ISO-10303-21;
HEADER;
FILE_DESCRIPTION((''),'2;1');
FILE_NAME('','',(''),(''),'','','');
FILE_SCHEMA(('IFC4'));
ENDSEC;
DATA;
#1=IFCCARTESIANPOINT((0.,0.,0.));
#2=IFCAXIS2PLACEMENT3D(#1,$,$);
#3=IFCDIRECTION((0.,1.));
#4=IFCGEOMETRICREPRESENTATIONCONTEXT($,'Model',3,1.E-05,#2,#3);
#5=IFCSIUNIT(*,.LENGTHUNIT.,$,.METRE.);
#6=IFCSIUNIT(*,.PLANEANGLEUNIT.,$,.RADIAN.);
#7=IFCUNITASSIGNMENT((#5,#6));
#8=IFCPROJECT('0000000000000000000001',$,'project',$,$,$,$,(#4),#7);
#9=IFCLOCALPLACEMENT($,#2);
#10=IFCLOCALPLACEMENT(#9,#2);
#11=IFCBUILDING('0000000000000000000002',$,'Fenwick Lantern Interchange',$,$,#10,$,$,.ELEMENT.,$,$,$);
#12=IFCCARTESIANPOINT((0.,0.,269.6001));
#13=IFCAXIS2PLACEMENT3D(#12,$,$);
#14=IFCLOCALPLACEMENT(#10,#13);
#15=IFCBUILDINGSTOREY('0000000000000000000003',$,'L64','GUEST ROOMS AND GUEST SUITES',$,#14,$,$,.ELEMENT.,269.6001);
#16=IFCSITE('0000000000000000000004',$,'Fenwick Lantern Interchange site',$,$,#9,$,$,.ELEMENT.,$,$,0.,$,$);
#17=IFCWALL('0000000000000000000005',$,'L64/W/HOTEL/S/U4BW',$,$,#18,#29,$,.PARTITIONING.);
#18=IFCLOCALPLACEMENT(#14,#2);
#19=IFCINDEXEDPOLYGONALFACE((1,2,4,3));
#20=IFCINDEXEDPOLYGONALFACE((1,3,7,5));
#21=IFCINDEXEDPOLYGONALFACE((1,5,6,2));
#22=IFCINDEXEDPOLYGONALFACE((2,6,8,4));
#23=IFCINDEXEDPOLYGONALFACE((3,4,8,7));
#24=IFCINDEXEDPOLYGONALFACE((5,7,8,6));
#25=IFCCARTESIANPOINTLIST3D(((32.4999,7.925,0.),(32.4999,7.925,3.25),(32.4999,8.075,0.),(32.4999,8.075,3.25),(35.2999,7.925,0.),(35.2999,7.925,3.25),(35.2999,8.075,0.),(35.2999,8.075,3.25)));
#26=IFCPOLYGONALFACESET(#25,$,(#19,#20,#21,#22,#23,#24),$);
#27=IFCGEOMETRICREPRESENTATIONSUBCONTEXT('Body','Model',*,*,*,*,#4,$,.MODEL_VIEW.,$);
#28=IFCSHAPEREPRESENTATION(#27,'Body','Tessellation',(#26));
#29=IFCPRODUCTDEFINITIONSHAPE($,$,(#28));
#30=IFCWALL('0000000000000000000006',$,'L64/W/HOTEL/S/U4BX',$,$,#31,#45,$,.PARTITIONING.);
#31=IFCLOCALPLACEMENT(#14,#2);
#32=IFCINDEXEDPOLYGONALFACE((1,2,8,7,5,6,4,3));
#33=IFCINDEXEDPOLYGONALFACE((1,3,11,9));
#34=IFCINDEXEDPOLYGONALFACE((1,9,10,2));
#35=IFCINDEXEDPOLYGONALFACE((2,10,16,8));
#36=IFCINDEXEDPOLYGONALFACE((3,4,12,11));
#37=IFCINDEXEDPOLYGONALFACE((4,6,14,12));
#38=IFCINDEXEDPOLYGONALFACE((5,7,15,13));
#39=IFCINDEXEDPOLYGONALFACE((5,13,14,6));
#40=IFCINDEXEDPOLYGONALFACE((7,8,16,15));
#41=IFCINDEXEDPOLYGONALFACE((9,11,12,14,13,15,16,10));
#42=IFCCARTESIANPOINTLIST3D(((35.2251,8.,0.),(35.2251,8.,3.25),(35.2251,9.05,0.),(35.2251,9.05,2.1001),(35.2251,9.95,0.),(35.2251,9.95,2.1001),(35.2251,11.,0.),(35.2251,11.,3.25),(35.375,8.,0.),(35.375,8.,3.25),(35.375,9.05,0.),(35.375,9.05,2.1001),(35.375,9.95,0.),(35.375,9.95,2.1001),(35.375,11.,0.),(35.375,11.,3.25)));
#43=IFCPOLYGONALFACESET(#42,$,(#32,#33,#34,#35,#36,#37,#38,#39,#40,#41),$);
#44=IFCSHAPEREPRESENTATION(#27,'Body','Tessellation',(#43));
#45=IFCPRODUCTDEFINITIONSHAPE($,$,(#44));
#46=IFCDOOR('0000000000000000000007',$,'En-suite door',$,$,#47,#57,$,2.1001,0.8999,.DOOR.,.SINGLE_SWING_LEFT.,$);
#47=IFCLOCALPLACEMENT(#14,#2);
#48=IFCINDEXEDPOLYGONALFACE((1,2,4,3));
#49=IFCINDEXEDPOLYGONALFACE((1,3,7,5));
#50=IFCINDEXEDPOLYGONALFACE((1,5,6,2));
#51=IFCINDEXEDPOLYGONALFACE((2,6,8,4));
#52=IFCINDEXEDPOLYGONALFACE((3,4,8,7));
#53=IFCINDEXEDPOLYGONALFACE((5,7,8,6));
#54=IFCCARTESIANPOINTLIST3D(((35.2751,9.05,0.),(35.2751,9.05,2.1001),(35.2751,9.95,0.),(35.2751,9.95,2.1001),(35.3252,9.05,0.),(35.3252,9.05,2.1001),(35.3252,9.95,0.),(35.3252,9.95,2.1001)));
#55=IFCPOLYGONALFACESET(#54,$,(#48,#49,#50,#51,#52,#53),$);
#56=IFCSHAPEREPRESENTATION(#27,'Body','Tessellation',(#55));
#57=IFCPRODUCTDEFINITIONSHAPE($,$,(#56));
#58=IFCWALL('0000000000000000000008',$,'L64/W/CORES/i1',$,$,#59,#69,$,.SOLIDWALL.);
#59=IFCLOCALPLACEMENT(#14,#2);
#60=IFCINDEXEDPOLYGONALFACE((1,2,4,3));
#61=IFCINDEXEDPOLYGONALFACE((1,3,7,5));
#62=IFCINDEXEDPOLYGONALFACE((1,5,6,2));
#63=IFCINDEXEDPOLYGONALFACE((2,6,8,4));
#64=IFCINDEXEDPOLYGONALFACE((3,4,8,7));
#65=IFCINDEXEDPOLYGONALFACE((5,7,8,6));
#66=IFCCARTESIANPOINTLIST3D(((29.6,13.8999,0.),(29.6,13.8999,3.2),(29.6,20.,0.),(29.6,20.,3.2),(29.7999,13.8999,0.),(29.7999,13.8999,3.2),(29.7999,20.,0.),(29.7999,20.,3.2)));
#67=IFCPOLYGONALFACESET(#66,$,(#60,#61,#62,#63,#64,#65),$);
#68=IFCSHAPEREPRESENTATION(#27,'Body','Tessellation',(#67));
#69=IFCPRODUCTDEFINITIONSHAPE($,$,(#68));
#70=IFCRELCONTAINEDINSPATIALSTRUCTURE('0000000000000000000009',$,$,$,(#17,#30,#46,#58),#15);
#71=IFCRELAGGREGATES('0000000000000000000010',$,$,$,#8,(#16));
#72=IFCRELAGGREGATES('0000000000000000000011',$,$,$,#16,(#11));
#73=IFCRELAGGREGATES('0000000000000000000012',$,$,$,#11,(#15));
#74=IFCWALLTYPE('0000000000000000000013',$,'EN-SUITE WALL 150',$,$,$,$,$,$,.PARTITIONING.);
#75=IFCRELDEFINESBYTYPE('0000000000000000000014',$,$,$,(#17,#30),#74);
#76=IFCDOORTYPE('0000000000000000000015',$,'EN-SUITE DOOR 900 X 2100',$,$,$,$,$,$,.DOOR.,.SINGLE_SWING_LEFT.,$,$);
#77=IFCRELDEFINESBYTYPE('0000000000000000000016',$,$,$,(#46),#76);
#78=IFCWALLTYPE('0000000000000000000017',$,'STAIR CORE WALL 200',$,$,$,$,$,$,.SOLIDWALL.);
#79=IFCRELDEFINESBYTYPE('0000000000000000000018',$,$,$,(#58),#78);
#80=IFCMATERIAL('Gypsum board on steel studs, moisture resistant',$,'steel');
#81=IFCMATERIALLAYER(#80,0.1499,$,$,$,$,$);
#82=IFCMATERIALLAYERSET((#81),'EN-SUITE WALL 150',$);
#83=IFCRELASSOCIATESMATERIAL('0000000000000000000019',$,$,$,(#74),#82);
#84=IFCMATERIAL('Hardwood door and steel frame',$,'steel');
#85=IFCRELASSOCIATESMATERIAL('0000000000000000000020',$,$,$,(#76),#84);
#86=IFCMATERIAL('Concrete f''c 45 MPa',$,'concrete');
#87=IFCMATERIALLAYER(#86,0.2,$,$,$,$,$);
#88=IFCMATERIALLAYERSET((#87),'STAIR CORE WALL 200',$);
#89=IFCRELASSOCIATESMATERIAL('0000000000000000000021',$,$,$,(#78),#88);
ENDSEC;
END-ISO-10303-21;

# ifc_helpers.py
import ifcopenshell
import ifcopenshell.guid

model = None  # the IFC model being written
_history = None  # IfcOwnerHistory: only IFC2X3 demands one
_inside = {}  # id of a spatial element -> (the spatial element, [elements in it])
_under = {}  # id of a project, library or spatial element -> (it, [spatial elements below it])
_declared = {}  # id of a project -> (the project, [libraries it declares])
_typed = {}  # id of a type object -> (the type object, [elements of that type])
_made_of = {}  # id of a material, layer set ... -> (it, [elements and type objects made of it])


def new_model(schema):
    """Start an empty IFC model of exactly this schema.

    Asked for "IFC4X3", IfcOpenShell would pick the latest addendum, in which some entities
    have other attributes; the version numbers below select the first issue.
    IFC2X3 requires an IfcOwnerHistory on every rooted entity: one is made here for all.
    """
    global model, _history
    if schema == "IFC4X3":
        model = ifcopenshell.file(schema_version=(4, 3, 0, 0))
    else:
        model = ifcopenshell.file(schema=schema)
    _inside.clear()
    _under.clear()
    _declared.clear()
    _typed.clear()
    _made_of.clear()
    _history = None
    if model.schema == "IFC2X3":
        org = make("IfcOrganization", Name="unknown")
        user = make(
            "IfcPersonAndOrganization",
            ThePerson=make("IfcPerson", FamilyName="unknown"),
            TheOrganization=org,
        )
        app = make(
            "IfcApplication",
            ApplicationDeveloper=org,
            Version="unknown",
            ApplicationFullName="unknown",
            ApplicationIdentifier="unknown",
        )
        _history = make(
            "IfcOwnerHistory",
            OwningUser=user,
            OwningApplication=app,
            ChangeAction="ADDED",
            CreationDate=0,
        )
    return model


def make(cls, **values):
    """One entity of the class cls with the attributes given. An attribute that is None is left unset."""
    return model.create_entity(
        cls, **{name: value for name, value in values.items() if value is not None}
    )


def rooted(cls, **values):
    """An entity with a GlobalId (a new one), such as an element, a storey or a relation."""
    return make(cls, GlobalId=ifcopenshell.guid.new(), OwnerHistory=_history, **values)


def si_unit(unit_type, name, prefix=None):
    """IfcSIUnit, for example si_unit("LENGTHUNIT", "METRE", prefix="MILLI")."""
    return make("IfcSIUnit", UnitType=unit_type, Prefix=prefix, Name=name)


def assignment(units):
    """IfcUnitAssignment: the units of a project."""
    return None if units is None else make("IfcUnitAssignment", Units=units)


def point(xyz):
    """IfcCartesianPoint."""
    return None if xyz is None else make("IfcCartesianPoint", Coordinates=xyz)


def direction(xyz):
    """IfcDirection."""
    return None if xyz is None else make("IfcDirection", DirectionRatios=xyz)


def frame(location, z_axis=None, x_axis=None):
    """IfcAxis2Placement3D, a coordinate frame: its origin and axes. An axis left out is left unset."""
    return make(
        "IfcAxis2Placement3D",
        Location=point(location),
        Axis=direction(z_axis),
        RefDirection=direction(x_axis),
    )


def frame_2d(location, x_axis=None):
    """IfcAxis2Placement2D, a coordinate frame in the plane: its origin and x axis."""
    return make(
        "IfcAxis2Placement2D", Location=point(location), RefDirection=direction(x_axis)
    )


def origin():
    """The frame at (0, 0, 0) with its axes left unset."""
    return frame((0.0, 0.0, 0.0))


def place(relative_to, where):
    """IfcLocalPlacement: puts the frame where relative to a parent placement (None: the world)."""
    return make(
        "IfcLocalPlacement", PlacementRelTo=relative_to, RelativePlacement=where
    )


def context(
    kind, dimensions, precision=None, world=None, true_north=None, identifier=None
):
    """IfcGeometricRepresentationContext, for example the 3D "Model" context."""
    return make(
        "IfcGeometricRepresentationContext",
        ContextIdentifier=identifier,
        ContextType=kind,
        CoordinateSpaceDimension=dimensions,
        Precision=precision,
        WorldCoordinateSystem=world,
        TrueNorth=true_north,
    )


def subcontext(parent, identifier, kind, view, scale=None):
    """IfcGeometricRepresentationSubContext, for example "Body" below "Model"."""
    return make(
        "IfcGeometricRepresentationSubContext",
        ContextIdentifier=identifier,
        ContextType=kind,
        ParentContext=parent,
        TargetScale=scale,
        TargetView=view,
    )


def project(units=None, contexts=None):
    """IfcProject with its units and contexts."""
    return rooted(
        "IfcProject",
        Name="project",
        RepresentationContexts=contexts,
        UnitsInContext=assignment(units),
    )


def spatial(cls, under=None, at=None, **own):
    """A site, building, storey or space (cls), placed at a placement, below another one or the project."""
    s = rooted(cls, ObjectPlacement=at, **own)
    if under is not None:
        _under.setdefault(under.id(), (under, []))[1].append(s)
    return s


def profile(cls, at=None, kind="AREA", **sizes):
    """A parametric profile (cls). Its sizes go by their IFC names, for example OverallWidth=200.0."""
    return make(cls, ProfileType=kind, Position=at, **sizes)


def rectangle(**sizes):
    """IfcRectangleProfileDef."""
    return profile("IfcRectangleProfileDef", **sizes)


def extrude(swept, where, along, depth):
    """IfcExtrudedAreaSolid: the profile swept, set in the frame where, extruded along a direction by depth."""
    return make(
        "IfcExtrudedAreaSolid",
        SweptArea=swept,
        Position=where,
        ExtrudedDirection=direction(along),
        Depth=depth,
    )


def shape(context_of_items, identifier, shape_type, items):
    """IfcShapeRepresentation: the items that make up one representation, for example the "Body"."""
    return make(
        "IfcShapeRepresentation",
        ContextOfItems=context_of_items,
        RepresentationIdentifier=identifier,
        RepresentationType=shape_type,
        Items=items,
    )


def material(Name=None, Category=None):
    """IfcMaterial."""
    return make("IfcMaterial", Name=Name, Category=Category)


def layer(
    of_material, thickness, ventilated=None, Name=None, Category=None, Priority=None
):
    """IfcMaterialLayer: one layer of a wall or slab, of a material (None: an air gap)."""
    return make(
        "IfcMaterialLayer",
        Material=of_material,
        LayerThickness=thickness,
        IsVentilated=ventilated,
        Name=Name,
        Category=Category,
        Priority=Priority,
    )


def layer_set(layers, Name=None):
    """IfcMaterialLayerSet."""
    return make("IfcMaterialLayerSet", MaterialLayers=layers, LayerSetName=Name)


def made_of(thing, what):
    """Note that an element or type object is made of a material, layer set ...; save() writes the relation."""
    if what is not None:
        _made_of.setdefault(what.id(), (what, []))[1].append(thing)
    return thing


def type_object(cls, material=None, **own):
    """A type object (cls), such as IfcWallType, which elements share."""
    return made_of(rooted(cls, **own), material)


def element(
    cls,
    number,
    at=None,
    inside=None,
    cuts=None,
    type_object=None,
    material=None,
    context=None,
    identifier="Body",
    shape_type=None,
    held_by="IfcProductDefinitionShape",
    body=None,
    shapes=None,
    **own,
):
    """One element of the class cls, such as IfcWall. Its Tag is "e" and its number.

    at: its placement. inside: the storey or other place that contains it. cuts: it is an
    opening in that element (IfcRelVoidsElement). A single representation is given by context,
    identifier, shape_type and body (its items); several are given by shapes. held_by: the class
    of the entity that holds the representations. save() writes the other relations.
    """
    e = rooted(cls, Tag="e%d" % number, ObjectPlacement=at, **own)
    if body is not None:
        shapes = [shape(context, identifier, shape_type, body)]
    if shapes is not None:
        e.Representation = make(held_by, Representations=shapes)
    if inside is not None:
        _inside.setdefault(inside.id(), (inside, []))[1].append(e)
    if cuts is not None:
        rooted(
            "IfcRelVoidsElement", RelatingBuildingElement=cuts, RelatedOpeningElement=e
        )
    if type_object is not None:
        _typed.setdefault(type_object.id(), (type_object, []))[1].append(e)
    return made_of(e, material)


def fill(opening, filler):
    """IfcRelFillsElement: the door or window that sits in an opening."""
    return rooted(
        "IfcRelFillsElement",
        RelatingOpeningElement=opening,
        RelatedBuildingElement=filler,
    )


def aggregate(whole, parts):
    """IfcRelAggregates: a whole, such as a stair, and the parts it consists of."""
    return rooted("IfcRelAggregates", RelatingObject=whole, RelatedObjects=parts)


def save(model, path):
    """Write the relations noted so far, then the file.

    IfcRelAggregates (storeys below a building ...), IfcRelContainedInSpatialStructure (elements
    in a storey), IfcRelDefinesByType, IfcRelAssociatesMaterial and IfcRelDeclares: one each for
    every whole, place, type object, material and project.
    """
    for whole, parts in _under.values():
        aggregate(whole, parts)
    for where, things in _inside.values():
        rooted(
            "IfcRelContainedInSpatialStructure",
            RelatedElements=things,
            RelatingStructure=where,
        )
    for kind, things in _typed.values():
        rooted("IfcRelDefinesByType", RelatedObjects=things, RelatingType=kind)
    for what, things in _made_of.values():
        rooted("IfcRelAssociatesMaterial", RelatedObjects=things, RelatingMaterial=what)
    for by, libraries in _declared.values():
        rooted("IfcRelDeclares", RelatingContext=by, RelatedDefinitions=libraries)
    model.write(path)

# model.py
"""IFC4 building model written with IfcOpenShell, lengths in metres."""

from ifc_helpers import new_model, si_unit, direction, frame, frame_2d, origin, place, context, subcontext, project, spatial, rectangle, extrude, material, layer, layer_set, type_object, element, fill, save


model = new_model("IFC4")

# Units and contexts
model_context = context("Model", 3, precision=1e-05, world=origin(), true_north=direction((0.0, 1.0)))
body_context = subcontext(model_context, "Body", "Model", "MODEL_VIEW")
ifc_project = project(units=[si_unit("LENGTHUNIT", "METRE"), si_unit("PLANEANGLEUNIT", "RADIAN")], contexts=[model_context])

# Site, building, storey
site_placement = place(None, origin())
site = spatial("IfcSite", under=ifc_project, at=site_placement, Name="Fenwick Lantern Interchange site", CompositionType="ELEMENT", RefElevation=0.0)
building_placement = place(site_placement, origin())
building = spatial("IfcBuilding", under=site, at=building_placement, Name="Fenwick Lantern Interchange", CompositionType="ELEMENT")
storey_placement = place(building_placement, frame((0.0, 0.0, 269.6001)))
storey = spatial("IfcBuildingStorey", under=building, at=storey_placement, Name="L64", Description="GUEST ROOMS AND GUEST SUITES", CompositionType="ELEMENT", Elevation=269.6001)

# Wall
ifc_material_1 = material(Name="Gypsum board on steel studs, moisture resistant", Category="steel")
ifc_layer_1 = layer(ifc_material_1, 0.1499)
ifc_layer_set_1 = layer_set([ifc_layer_1], Name="EN-SUITE WALL 150")
wall_type_1 = type_object("IfcWallType", Name="EN-SUITE WALL 150", PredefinedType="PARTITIONING", material=ifc_layer_set_1)
wall_1_placement = place(storey_placement, frame((32.5, 8.0, 0.0), z_axis=(0.0, 0.0, 1.0), x_axis=(1.0, 0.0, 0.0)))
element("IfcWall", 1, at=wall_1_placement, inside=storey, type_object=wall_type_1, Name="L64/W/HOTEL/S/U4BW", PredefinedType="PARTITIONING", context=body_context, shape_type="SweptSolid", body=[
    extrude(rectangle(XDim=2.8, YDim=0.1499, at=frame_2d((1.3999, 0.0))), origin(), (0.0, 0.0, 1.0), 3.25),
])

# Wall, opening, door
wall_2_placement = place(storey_placement, frame((35.3, 8.0, 0.0), z_axis=(0.0, 0.0, 1.0), x_axis=(0.0, 1.0, 0.0)))
wall_2 = element("IfcWall", 2, at=wall_2_placement, inside=storey, type_object=wall_type_1, Name="L64/W/HOTEL/S/U4BX", PredefinedType="PARTITIONING", context=body_context, shape_type="SweptSolid", body=[
    extrude(rectangle(XDim=3.0, YDim=0.1499, at=frame_2d((1.5, 0.0))), origin(), (0.0, 0.0, 1.0), 3.25),
])
opening_1_placement = place(wall_2_placement, frame((1.05, 0.0, 0.0)))
opening_1 = element("IfcOpeningElement", 3, at=opening_1_placement, cuts=wall_2, PredefinedType="OPENING", context=body_context, shape_type="SweptSolid", body=[
    extrude(rectangle(XDim=0.8999, YDim=2.1001, at=frame_2d((0.45, 1.05))), frame((0.0, 0.085, 0.0), z_axis=(0.0, -1.0, 0.0), x_axis=(1.0, 0.0, 0.0)), (0.0, 0.0, 1.0), 0.1699),
])
ifc_material_2 = material(Name="Hardwood door and steel frame", Category="steel")
door_type_1 = type_object("IfcDoorType", Name="EN-SUITE DOOR 900 X 2100", OperationType="SINGLE_SWING_LEFT", PredefinedType="DOOR", material=ifc_material_2)
door_1_placement = place(opening_1_placement, origin())
door_1 = element("IfcDoor", 4, at=door_1_placement, inside=storey, type_object=door_type_1, Name="En-suite door", OperationType="SINGLE_SWING_LEFT", OverallHeight=2.1001, OverallWidth=0.8999, PredefinedType="DOOR", context=body_context, shape_type="SweptSolid", body=[
    extrude(rectangle(XDim=0.8999, YDim=2.1001, at=frame_2d((0.45, 1.05))), frame((0.0, 0.0249, 0.0), z_axis=(0.0, -1.0, 0.0), x_axis=(1.0, 0.0, 0.0)), (0.0, 0.0, 1.0), 0.05),
])
fill(opening_1, door_1)

# Wall
ifc_material_3 = material(Name="Concrete f'c 45 MPa", Category="concrete")
ifc_layer_2 = layer(ifc_material_3, 0.2)
ifc_layer_set_2 = layer_set([ifc_layer_2], Name="STAIR CORE WALL 200")
wall_type_2 = type_object("IfcWallType", Name="STAIR CORE WALL 200", PredefinedType="SOLIDWALL", material=ifc_layer_set_2)
wall_3_placement = place(storey_placement, frame((29.7, 13.8999, 0.0), z_axis=(0.0, 0.0, 1.0), x_axis=(0.0, 1.0, 0.0)))
element("IfcWall", 5, at=wall_3_placement, inside=storey, type_object=wall_type_2, Name="L64/W/CORES/i1", PredefinedType="SOLIDWALL", context=body_context, shape_type="SweptSolid", body=[
    extrude(rectangle(XDim=6.1001, YDim=0.2, at=frame_2d((3.05, 0.0))), origin(), (0.0, 0.0, 1.0), 3.2),
])

save(model, "model.ifc")
